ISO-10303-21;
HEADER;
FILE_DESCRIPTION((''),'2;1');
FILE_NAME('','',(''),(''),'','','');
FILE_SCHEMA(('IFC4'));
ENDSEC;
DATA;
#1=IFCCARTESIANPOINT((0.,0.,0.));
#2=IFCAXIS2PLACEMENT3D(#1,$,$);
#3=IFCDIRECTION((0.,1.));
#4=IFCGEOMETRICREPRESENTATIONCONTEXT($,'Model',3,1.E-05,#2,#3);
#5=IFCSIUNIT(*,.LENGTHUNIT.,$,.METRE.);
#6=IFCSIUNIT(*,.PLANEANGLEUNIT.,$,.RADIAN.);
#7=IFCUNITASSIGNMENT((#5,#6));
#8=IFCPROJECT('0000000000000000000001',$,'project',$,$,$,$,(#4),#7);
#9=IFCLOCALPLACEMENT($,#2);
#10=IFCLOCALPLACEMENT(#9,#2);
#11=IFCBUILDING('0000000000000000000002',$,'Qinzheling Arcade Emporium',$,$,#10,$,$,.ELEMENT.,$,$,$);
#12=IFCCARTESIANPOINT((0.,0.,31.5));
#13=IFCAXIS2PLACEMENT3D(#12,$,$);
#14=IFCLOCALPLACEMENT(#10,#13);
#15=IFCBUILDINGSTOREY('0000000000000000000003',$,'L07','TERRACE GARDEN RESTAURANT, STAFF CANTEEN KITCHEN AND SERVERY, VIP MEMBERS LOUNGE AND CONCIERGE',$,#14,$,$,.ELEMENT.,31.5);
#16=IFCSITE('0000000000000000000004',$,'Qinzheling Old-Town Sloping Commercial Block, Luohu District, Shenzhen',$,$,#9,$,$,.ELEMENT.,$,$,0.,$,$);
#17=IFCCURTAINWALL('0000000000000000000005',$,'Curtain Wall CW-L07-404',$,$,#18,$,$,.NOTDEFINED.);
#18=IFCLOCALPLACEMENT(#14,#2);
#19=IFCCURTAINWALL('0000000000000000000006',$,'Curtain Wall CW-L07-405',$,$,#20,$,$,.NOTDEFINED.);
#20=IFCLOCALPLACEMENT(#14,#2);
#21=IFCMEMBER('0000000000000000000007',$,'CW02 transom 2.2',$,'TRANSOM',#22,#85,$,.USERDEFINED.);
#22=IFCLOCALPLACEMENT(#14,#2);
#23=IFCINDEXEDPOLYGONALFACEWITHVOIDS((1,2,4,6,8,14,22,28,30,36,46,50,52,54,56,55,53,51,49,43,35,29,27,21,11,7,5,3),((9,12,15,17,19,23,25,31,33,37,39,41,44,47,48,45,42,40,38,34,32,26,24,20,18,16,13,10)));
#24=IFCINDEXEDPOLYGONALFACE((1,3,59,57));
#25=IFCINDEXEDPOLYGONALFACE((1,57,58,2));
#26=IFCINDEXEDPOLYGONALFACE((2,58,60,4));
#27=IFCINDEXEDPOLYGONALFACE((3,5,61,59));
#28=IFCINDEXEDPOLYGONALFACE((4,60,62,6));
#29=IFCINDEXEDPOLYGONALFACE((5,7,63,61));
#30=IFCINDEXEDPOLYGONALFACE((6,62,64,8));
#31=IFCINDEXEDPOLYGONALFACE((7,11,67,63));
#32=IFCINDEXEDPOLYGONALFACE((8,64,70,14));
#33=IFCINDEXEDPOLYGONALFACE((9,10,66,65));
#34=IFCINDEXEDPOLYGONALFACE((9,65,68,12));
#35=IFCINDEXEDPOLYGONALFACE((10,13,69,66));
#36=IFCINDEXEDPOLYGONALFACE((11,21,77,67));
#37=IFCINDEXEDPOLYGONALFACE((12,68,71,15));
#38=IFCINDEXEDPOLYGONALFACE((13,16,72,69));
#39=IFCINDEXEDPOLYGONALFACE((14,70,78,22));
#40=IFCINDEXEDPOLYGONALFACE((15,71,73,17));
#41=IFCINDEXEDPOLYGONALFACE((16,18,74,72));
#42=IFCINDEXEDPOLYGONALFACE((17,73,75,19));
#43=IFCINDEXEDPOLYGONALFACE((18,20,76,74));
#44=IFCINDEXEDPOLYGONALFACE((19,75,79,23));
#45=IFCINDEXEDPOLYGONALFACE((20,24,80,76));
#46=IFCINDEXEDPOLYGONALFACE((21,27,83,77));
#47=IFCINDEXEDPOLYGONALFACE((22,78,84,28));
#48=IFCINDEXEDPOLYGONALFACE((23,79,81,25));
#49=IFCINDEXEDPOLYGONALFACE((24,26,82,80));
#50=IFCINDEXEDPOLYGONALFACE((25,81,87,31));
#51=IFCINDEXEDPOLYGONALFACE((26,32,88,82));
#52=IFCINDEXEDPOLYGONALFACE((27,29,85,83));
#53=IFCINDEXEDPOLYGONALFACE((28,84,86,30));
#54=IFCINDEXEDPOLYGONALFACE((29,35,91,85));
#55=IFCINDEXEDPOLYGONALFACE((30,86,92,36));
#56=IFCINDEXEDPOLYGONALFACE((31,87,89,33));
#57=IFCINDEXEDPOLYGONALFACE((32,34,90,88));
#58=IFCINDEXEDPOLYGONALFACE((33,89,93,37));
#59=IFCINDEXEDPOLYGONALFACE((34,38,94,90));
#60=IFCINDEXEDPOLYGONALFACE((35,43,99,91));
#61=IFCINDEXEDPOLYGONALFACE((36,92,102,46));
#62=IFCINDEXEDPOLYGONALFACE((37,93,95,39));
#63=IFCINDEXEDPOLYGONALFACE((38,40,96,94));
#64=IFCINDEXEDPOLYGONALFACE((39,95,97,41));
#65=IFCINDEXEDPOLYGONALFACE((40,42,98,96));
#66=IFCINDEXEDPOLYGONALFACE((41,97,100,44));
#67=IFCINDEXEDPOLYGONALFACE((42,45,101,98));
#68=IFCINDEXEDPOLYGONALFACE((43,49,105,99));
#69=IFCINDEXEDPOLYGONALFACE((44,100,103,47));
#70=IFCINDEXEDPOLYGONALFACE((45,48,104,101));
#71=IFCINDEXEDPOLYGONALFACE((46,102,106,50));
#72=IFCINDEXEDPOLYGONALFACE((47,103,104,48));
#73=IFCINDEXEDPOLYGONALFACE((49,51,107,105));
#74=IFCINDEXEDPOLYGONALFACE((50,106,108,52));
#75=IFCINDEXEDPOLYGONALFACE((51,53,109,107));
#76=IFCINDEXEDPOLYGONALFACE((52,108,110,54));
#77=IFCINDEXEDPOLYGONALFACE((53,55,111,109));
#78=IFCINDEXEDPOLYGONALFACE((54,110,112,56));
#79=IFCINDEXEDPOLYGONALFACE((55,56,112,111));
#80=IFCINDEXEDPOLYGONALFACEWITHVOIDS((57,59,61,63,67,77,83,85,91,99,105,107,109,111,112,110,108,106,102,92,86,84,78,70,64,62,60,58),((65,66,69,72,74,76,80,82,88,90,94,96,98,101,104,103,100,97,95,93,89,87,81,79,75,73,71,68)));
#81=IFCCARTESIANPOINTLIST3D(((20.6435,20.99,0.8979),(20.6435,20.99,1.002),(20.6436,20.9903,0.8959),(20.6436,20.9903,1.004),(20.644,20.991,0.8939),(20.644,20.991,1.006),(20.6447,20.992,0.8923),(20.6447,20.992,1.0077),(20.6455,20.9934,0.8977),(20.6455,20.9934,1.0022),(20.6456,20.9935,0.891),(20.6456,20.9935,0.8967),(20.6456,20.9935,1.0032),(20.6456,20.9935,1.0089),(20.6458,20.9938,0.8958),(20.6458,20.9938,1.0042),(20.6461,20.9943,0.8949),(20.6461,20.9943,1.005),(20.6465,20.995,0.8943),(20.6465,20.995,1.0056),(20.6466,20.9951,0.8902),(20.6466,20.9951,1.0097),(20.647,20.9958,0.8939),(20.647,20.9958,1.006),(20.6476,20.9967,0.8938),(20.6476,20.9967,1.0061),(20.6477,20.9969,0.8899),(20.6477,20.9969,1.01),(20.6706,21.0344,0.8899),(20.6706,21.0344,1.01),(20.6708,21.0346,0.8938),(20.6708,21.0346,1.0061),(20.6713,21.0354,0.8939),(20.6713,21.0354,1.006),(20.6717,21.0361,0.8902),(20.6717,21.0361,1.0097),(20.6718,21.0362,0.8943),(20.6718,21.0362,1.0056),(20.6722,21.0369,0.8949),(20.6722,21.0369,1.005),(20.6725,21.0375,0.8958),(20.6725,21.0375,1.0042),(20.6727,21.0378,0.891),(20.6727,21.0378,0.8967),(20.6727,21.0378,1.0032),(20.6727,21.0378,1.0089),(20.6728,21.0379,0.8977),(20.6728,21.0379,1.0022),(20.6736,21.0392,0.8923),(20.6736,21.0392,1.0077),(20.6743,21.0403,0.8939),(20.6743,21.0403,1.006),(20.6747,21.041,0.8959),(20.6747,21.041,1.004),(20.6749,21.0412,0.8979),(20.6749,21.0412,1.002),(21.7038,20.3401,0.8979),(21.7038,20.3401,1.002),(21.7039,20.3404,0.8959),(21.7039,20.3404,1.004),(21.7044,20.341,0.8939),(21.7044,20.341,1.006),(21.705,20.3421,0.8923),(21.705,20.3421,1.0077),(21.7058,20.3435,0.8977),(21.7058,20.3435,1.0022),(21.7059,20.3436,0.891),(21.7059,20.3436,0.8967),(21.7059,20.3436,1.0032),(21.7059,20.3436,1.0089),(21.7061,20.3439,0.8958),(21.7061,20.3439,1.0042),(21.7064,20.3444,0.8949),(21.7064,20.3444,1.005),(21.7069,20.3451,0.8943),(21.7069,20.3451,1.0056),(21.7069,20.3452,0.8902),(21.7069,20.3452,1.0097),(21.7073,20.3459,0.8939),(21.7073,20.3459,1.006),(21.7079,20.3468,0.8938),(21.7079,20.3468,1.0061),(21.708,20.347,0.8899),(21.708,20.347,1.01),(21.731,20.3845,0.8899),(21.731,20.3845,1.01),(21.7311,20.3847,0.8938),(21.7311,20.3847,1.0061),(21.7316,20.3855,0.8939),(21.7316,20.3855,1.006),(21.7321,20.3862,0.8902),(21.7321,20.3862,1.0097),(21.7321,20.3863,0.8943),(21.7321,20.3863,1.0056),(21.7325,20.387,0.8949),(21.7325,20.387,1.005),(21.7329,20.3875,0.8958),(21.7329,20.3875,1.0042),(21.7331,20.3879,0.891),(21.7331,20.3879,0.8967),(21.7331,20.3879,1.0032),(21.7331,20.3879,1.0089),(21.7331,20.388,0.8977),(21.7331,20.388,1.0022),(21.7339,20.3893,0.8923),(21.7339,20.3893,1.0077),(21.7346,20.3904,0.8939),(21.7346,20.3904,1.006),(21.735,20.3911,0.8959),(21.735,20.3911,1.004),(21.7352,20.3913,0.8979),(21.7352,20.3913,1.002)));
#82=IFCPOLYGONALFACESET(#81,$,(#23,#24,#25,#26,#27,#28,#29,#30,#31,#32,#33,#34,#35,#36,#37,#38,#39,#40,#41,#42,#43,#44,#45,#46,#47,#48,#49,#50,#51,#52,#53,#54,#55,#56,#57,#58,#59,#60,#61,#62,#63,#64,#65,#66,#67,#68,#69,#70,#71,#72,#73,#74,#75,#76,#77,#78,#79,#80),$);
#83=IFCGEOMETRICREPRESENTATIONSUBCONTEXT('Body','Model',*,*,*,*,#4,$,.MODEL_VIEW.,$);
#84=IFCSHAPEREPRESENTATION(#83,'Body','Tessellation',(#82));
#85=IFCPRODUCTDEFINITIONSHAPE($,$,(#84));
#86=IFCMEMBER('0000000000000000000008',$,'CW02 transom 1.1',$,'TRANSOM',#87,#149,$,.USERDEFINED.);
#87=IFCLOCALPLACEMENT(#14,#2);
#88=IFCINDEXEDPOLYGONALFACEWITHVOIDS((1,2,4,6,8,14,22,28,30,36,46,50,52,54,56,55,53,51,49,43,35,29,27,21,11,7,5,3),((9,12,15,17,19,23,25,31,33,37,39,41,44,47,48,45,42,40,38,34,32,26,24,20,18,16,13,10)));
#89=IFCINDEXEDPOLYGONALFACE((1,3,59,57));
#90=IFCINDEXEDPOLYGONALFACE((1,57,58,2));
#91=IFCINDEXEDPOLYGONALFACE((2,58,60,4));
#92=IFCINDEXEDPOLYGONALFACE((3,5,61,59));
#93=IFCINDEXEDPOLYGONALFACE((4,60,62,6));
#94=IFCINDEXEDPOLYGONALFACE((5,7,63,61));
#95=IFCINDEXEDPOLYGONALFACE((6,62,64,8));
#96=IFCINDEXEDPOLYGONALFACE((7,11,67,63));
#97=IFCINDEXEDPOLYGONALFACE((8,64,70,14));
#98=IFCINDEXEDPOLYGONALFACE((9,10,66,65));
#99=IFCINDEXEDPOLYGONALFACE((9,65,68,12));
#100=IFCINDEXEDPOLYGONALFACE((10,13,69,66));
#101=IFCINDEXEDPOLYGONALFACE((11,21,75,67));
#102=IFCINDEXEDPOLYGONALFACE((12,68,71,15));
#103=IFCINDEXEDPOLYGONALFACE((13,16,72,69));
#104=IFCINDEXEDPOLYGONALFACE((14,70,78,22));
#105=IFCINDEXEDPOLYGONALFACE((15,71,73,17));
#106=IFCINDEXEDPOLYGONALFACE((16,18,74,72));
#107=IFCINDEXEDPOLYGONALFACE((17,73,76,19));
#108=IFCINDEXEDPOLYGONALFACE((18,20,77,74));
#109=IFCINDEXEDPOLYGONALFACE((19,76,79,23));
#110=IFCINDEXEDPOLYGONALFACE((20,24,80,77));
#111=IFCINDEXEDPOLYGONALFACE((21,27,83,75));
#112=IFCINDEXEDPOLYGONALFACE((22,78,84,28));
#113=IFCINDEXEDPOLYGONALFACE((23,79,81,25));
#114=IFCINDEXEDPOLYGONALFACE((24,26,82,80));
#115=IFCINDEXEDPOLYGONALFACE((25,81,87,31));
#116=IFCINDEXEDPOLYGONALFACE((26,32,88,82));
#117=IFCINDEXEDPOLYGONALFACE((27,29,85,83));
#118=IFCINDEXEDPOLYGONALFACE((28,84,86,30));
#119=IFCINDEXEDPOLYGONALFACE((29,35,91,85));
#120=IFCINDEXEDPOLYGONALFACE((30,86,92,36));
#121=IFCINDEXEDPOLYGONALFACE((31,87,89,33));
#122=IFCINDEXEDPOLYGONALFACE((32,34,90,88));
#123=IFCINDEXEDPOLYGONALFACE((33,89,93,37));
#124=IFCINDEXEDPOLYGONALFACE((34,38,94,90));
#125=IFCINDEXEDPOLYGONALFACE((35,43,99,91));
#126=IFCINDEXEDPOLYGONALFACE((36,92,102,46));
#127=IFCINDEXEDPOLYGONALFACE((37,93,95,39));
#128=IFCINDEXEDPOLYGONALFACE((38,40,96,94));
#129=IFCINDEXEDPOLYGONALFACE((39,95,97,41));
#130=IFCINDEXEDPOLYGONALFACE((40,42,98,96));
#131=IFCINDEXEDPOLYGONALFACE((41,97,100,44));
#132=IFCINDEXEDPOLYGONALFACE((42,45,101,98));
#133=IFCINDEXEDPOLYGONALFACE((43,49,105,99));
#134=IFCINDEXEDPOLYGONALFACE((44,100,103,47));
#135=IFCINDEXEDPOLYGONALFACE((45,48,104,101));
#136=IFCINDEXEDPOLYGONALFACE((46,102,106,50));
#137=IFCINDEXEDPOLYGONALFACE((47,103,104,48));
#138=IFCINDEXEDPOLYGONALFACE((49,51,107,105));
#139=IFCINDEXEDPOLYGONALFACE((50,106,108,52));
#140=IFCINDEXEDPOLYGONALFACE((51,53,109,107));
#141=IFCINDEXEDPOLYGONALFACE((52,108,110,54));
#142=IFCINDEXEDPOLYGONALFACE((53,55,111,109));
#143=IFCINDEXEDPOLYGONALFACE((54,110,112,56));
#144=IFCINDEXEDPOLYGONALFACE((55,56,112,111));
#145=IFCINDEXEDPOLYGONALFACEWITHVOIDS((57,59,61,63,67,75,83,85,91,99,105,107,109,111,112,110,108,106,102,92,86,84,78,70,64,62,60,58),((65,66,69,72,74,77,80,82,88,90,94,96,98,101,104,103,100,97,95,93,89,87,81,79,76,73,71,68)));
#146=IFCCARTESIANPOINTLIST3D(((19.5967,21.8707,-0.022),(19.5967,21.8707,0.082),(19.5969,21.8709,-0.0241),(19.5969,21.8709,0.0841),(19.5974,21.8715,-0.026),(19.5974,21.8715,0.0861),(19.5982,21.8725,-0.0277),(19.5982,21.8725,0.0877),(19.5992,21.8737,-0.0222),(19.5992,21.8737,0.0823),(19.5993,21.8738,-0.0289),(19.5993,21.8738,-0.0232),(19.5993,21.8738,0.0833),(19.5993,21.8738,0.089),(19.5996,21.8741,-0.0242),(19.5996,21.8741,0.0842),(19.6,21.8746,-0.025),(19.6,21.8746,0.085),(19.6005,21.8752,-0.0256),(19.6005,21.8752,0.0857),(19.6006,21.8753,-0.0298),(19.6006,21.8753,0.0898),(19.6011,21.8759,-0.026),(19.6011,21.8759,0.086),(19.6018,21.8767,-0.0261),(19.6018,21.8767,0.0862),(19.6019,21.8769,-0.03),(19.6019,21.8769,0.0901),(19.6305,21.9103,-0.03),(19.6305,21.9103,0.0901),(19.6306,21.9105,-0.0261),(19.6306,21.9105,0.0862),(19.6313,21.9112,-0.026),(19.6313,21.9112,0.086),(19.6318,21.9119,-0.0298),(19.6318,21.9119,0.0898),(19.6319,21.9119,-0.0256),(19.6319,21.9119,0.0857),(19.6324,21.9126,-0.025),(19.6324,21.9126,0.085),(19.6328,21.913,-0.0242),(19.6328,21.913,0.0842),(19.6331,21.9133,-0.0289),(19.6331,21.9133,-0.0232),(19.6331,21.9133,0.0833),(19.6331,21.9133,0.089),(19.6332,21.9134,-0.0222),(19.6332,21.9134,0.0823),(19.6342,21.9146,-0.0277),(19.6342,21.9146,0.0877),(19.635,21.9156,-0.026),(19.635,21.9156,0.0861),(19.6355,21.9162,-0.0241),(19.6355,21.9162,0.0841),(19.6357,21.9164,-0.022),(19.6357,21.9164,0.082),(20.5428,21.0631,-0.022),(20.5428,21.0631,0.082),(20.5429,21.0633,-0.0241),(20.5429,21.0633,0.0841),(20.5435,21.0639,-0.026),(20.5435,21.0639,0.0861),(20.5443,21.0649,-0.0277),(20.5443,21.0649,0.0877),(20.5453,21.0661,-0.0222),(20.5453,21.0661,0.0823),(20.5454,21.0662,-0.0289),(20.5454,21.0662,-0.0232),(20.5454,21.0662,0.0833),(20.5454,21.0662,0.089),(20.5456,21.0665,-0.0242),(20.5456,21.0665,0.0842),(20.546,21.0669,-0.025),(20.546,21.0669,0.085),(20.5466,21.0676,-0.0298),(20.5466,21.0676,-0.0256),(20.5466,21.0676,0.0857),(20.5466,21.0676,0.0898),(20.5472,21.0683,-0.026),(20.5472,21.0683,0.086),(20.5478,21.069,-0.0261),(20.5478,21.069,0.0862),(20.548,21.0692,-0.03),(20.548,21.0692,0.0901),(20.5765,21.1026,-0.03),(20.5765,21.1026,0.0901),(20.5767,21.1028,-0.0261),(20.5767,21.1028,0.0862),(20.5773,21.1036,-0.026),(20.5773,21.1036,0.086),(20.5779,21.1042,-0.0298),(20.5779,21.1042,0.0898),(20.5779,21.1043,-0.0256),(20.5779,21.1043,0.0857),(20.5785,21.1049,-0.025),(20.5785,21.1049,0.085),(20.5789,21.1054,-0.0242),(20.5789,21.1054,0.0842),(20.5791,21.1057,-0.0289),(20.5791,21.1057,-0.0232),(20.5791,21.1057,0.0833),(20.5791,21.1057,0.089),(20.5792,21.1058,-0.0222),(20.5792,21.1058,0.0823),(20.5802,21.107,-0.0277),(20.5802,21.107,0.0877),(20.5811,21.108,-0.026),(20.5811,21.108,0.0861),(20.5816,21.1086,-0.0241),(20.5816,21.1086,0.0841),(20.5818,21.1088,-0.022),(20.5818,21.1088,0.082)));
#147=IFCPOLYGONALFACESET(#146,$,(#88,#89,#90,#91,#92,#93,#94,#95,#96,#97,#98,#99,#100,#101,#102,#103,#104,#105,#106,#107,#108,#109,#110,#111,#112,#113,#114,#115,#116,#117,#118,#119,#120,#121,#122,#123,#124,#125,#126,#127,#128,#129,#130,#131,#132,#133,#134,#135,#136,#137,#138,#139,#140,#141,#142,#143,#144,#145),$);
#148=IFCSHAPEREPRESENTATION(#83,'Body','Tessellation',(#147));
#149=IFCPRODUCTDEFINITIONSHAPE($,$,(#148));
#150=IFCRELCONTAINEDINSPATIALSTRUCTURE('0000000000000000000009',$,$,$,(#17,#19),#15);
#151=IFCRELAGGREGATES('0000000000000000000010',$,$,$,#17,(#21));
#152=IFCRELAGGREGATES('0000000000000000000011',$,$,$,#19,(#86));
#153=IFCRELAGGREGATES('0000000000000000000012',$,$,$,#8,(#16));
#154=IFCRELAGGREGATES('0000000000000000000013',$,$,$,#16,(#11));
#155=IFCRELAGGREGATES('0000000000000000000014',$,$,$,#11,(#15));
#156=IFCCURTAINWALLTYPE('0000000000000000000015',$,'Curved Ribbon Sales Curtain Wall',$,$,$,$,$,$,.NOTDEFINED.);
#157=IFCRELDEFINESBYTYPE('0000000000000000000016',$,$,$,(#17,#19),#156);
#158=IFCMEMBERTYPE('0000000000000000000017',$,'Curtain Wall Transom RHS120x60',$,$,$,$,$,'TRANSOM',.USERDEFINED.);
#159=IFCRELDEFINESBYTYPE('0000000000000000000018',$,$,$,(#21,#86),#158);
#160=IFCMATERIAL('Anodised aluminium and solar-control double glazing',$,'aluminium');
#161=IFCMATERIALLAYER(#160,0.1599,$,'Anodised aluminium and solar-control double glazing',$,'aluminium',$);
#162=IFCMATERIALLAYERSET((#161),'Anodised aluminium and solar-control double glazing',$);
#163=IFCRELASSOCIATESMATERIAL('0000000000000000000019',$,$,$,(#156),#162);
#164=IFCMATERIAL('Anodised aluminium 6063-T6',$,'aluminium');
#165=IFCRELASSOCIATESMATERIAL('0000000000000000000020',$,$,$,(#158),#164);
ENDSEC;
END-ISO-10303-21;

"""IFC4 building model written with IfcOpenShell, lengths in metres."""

from ifc_helpers import new_model, si_unit, direction, frame, origin, origin_2d, place, context, subcontext, project, spatial, hollow_rectangle, extrude, material, layer, layer_set, material_profile, profile_set, type_object, element, aggregate, save


model = new_model("IFC4")

# Units and contexts
model_context = context("Model", 3, precision=1e-05, world=origin(), true_north=direction((0.0, 1.0)))
body_context = subcontext(model_context, "Body", "Model", "MODEL_VIEW")
ifc_project = project(units=[si_unit("LENGTHUNIT", "METRE"), si_unit("PLANEANGLEUNIT", "RADIAN")], contexts=[model_context])

# Site, building, storey
site_placement = place(None, origin())
site = spatial("IfcSite", under=ifc_project, at=site_placement, Name="Qinzheling Old-Town Sloping Commercial Block, Luohu District, Shenzhen", CompositionType="ELEMENT", RefElevation=0.0)
building_placement = place(site_placement, origin())
building = spatial("IfcBuilding", under=site, at=building_placement, Name="Qinzheling Arcade Emporium", CompositionType="ELEMENT")
storey_placement = place(building_placement, frame((0.0, 0.0, 31.5)))
storey = spatial("IfcBuildingStorey", under=building, at=storey_placement, Name="L07", Description="TERRACE GARDEN RESTAURANT, STAFF CANTEEN KITCHEN AND SERVERY, VIP MEMBERS LOUNGE AND CONCIERGE", CompositionType="ELEMENT", Elevation=31.5)

# Curtain wall
ifc_material_1 = material(Name="Anodised aluminium and solar-control double glazing", Category="aluminium")
ifc_layer_1 = layer(ifc_material_1, 0.1599, Name="Anodised aluminium and solar-control double glazing", Category="aluminium")
ifc_layer_set_1 = layer_set([ifc_layer_1], Name="Anodised aluminium and solar-control double glazing")
curtain_wall_type = type_object("IfcCurtainWallType", Name="Curved Ribbon Sales Curtain Wall", PredefinedType="NOTDEFINED", material=ifc_layer_set_1)
curtain_wall_1_placement = place(storey_placement, origin())
curtain_wall_1 = element("IfcCurtainWall", 1, at=curtain_wall_1_placement, inside=storey, type_object=curtain_wall_type, Name="Curtain Wall CW-L07-404", PredefinedType="NOTDEFINED")
ifc_material_2 = material(Name="Anodised aluminium 6063-T6", Category="aluminium")

# Curtain wall
curtain_wall_2_placement = place(storey_placement, origin())
curtain_wall_2 = element("IfcCurtainWall", 2, at=curtain_wall_2_placement, inside=storey, type_object=curtain_wall_type, Name="Curtain Wall CW-L07-405", PredefinedType="NOTDEFINED")

# Members
ifc_material_profile_1 = material_profile(ifc_material_2, hollow_rectangle(XDim=0.0601, YDim=0.1201, WallThickness=0.0039, InnerFilletRadius=0.0039, OuterFilletRadius=0.0081, at=origin_2d()), Name="RHS 120x60x4", Category="aluminium")
ifc_profile_set_1 = profile_set([ifc_material_profile_1], Name="Anodised aluminium 6063-T6")
member_type_1 = type_object("IfcMemberType", Name="Curtain Wall Transom RHS120x60", ElementType="TRANSOM", PredefinedType="USERDEFINED", material=ifc_profile_set_1)
member_1_placement = place(storey_placement, frame((21.7195, 20.3657, 0.95), z_axis=(-0.852587, 0.522585, 0.0), x_axis=(-0.522585, -0.852587, 0.0)))
member_1 = element("IfcMember", 3, at=member_1_placement, type_object=member_type_1, Name="CW02 transom 2.2", ObjectType="TRANSOM", PredefinedType="USERDEFINED", context=body_context, shape_type="SweptSolid", body=[
    extrude(hollow_rectangle(XDim=0.0601, YDim=0.1201, WallThickness=0.0039, InnerFilletRadius=0.0039, OuterFilletRadius=0.0081, at=origin_2d()), origin(), (0.0, 0.0, 1.0), 1.2437),
])
member_2_placement = place(storey_placement, frame((20.5623, 21.0859, 0.03), z_axis=(-0.760557, 0.649271, 0.0), x_axis=(-0.649271, -0.760557, 0.0)))
member_2 = element("IfcMember", 4, at=member_2_placement, type_object=member_type_1, Name="CW02 transom 1.1", ObjectType="TRANSOM", PredefinedType="USERDEFINED", context=body_context, shape_type="SweptSolid", body=[
    extrude(hollow_rectangle(XDim=0.0601, YDim=0.1201, WallThickness=0.0039, InnerFilletRadius=0.0039, OuterFilletRadius=0.0081, at=origin_2d()), origin(), (0.0, 0.0, 1.0), 1.2439),
])

aggregate(curtain_wall_1, [member_1])
aggregate(curtain_wall_2, [member_2])

save(model, "model.ifc")
